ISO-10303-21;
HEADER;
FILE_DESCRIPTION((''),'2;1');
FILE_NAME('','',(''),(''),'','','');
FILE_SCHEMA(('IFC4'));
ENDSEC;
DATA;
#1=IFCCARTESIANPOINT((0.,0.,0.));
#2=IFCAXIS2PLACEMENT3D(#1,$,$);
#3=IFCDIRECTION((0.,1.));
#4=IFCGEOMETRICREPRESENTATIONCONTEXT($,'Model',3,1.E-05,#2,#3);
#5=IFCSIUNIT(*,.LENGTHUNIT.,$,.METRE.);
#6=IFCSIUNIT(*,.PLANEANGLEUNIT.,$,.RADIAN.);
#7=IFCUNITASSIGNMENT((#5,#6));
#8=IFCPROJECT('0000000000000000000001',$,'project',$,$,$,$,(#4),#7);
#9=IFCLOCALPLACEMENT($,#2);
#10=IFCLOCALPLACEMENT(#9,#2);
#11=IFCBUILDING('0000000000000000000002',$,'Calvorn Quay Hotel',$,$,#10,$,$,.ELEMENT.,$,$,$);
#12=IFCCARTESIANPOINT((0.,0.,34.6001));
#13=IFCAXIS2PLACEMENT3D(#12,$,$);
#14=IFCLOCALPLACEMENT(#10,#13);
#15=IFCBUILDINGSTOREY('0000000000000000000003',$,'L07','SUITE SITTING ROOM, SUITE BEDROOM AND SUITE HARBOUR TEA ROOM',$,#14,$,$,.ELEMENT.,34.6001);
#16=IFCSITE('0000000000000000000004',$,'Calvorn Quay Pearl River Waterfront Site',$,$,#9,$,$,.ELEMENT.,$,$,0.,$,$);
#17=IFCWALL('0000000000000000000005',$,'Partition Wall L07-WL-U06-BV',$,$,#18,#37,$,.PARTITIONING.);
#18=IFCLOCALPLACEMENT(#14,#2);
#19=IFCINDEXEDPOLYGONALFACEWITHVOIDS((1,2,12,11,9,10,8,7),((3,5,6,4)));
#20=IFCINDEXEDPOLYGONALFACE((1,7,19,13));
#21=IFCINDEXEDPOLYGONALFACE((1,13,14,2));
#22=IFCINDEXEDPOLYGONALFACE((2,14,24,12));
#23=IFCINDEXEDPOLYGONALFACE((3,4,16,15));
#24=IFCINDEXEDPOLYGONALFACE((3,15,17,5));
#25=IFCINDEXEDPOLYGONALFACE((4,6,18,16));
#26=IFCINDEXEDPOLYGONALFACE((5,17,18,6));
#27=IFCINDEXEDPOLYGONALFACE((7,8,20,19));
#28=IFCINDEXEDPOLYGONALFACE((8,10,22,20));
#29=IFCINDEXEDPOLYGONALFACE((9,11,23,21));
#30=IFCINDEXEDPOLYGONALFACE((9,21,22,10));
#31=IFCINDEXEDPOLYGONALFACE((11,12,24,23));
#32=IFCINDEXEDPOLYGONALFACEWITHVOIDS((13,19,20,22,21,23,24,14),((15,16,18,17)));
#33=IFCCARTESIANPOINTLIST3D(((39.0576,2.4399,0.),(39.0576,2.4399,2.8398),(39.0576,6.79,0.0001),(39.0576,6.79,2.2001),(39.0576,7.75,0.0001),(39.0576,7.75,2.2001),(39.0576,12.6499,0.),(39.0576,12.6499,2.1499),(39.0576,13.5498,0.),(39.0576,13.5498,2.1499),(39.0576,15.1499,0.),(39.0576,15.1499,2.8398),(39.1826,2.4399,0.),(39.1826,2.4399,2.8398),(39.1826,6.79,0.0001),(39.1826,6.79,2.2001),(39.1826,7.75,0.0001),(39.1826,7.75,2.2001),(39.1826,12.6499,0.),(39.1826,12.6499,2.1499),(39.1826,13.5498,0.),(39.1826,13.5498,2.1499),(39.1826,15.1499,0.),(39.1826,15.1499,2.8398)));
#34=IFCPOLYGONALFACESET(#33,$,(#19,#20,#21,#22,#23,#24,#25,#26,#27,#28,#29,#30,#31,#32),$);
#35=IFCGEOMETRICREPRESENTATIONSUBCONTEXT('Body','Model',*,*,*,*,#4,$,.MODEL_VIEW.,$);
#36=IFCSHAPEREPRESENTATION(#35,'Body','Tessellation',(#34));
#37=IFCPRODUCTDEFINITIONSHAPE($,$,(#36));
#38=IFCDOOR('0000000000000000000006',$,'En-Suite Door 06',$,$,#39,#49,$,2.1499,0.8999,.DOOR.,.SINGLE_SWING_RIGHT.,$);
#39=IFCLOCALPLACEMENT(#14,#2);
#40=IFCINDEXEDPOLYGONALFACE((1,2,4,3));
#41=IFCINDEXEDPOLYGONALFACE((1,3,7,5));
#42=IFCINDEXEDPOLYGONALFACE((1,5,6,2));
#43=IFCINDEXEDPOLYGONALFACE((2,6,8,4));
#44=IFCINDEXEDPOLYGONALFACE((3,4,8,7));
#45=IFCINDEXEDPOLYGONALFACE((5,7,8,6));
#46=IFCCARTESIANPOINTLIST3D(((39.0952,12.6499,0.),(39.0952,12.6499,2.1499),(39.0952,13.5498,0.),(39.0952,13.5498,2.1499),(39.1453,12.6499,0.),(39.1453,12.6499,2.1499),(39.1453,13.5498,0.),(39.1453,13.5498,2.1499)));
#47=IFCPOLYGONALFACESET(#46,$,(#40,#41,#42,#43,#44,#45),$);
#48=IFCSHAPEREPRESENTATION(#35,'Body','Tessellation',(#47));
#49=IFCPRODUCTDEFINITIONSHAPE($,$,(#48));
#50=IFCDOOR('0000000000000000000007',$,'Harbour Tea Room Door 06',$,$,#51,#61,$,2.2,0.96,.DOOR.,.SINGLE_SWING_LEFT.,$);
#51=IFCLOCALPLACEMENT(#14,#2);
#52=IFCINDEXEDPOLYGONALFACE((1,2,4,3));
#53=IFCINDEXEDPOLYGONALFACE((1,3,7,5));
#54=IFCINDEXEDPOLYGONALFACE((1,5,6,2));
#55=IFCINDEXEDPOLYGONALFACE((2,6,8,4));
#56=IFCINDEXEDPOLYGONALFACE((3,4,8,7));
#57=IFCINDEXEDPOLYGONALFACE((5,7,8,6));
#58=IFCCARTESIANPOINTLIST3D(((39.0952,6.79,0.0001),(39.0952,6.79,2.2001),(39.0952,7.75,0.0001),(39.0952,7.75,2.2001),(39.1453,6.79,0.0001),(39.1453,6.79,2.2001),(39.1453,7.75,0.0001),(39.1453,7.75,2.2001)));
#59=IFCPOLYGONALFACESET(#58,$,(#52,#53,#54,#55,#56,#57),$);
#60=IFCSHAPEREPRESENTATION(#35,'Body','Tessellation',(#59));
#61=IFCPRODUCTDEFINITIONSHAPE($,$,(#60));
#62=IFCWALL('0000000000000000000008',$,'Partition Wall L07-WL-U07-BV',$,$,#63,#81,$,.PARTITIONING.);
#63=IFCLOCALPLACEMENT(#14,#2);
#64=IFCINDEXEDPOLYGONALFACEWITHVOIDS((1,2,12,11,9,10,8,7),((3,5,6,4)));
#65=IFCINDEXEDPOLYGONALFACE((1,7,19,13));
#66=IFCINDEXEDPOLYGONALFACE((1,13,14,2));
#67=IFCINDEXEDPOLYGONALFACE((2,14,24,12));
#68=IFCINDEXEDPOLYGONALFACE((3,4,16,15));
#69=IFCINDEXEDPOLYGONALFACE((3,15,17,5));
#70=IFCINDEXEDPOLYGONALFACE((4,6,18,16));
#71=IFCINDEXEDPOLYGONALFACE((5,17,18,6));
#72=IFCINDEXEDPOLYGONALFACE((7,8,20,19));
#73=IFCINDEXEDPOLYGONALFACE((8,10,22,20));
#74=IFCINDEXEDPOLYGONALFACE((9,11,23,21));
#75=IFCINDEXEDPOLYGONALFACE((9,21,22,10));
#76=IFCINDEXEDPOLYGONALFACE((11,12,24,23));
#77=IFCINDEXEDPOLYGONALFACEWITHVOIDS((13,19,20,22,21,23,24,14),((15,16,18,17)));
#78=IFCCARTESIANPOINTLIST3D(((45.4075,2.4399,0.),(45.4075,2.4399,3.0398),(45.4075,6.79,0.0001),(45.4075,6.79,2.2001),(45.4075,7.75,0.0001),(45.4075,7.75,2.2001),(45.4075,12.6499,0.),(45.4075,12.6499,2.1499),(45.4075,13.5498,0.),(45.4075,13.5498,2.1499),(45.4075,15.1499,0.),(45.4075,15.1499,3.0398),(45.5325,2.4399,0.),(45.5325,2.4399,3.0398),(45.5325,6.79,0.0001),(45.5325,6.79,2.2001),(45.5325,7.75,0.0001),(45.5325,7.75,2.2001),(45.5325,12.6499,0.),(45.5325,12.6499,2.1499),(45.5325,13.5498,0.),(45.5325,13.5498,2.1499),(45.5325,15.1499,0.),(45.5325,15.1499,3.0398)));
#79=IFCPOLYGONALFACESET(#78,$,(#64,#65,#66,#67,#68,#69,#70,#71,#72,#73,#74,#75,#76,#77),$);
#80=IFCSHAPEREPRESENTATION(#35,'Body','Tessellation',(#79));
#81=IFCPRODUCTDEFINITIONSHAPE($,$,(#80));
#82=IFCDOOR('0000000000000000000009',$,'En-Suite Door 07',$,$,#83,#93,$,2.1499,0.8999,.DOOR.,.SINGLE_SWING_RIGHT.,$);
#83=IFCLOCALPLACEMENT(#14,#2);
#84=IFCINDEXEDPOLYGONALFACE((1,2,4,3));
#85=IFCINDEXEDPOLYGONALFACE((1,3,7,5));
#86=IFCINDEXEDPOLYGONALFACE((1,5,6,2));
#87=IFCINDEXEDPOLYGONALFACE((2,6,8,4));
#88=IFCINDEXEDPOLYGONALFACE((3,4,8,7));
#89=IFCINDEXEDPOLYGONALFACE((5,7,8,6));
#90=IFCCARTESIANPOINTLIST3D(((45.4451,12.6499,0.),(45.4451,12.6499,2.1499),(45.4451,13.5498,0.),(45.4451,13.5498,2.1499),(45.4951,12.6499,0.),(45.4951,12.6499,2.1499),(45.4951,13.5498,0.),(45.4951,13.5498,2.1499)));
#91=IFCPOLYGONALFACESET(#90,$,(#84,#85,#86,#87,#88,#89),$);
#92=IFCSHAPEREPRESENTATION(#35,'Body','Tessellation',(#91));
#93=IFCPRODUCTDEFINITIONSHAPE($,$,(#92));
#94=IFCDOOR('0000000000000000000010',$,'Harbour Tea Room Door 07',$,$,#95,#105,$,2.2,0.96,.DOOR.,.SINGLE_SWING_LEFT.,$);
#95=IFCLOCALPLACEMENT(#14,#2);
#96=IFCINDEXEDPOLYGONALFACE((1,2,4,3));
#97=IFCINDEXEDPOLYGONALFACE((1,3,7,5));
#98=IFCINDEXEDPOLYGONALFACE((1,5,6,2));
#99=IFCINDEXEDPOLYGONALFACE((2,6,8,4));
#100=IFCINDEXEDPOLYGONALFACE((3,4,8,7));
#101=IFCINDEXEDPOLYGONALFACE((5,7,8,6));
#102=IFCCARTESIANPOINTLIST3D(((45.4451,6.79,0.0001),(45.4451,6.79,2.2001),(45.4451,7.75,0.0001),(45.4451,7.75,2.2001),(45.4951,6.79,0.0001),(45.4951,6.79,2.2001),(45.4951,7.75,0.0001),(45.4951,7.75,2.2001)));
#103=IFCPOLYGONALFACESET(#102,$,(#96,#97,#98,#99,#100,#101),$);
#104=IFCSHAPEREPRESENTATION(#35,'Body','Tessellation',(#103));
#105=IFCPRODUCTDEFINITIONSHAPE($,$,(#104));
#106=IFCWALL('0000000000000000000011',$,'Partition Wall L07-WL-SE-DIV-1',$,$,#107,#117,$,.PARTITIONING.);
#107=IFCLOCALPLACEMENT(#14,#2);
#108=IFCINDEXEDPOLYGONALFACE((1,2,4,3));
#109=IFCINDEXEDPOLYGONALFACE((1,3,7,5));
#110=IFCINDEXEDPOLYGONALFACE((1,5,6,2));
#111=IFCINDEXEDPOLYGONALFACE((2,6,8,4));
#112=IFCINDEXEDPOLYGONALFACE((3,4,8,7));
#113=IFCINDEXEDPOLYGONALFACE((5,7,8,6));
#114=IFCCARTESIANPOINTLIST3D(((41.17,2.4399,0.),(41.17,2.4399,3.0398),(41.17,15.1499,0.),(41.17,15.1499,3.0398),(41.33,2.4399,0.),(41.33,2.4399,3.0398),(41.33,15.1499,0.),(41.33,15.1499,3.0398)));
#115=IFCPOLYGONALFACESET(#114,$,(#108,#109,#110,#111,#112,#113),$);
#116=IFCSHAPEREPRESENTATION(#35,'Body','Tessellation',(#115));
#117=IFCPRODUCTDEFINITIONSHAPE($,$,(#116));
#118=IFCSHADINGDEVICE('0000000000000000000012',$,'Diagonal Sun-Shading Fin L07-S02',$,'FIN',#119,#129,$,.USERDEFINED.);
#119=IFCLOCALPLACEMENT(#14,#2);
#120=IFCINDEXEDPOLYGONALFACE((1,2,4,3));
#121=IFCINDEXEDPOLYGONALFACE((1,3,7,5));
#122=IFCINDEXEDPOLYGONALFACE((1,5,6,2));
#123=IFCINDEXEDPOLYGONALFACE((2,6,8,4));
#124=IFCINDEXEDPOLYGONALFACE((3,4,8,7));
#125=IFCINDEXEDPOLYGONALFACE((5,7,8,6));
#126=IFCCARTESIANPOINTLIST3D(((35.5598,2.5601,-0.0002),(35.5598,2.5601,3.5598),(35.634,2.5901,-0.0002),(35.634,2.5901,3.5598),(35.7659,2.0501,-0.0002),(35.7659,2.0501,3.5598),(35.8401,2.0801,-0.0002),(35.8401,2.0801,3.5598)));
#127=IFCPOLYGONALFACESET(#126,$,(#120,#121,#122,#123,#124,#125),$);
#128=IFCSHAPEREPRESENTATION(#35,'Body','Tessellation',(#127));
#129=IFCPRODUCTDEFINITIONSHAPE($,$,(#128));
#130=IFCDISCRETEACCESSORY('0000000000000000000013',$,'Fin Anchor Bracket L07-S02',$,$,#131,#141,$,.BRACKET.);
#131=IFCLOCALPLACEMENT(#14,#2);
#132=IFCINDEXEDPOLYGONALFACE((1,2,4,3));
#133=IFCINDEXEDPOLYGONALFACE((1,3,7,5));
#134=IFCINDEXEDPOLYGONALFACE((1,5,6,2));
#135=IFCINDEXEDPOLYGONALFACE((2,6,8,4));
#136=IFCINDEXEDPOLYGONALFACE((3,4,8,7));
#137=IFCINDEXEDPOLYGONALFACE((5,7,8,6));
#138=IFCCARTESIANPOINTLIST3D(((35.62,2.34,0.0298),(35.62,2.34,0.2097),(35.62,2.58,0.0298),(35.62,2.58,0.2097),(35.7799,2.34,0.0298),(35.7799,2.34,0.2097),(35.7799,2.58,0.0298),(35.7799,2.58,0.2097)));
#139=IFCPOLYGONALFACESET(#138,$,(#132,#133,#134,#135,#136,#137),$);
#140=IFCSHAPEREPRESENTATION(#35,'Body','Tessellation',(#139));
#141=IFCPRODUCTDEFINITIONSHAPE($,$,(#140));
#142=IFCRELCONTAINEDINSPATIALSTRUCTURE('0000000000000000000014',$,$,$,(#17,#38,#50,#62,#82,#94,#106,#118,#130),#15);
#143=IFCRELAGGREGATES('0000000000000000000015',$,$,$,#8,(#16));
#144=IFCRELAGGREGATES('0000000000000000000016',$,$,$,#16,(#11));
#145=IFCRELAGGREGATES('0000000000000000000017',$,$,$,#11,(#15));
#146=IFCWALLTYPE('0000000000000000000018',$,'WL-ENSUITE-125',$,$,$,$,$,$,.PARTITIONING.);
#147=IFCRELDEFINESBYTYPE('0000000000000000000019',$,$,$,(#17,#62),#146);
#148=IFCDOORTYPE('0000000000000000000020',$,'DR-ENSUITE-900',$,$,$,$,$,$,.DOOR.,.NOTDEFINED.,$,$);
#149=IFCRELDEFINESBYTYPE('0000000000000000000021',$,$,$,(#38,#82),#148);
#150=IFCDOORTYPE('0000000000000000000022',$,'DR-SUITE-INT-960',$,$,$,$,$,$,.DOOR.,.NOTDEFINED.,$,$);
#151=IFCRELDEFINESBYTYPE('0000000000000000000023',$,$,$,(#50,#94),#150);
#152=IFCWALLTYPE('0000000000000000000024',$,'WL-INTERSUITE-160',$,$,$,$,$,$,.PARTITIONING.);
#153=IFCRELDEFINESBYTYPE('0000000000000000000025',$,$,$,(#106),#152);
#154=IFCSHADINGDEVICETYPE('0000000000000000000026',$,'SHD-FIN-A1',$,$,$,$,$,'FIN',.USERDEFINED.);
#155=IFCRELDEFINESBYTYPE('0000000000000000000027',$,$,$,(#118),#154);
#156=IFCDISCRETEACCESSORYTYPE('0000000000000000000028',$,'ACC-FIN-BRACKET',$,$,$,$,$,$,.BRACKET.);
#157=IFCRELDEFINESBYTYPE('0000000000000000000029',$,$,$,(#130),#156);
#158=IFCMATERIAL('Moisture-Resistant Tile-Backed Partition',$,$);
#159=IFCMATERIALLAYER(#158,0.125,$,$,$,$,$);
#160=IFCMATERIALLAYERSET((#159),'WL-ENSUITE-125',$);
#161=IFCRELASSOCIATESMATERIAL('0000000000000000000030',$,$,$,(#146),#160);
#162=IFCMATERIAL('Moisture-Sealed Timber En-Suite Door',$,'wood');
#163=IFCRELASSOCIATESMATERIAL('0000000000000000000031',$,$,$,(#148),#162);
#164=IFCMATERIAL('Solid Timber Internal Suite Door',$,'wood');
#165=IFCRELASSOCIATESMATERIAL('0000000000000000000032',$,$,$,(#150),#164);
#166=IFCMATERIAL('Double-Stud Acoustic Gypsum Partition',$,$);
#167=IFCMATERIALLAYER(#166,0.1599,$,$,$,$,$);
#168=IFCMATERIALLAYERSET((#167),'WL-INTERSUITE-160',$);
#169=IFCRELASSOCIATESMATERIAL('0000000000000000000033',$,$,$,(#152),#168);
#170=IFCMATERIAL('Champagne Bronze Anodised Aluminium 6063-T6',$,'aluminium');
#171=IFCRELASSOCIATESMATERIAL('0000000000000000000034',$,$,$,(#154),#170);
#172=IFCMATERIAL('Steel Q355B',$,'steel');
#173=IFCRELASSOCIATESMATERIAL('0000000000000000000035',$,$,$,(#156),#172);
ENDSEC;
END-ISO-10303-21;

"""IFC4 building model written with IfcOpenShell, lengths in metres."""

from ifc_helpers import new_model, si_unit, direction, frame, frame_2d, origin, origin_2d, place, context, subcontext, project, spatial, rectangle, extrude, material, layer, layer_set, type_object, element, fill, save


model = new_model("IFC4")

# Units and contexts
model_context = context("Model", 3, precision=1e-05, world=origin(), true_north=direction((0.0, 1.0)))
body_context = subcontext(model_context, "Body", "Model", "MODEL_VIEW")
ifc_project = project(units=[si_unit("LENGTHUNIT", "METRE"), si_unit("PLANEANGLEUNIT", "RADIAN")], contexts=[model_context])

# Site, building, storey
site_placement = place(None, origin())
site = spatial("IfcSite", under=ifc_project, at=site_placement, Name="Calvorn Quay Pearl River Waterfront Site", CompositionType="ELEMENT", RefElevation=0.0)
building_placement = place(site_placement, origin())
building = spatial("IfcBuilding", under=site, at=building_placement, Name="Calvorn Quay Hotel", CompositionType="ELEMENT")
storey_placement = place(building_placement, frame((0.0, 0.0, 34.6001)))
storey = spatial("IfcBuildingStorey", under=building, at=storey_placement, Name="L07", Description="SUITE SITTING ROOM, SUITE BEDROOM AND SUITE HARBOUR TEA ROOM", CompositionType="ELEMENT", Elevation=34.6001)

# Walls, openings, doors
ifc_material_1 = material(Name="Moisture-Resistant Tile-Backed Partition")
ifc_layer_1 = layer(ifc_material_1, 0.125)
ifc_layer_set_1 = layer_set([ifc_layer_1], Name="WL-ENSUITE-125")
wall_type_1 = type_object("IfcWallType", Name="WL-ENSUITE-125", PredefinedType="PARTITIONING", material=ifc_layer_set_1)
wall_1_placement = place(storey_placement, frame((39.1201, 2.4399, 0.0), z_axis=(0.0, 0.0, 1.0), x_axis=(0.0, 1.0, 0.0)))
wall_1 = element("IfcWall", 1, at=wall_1_placement, inside=storey, type_object=wall_type_1, Name="Partition Wall L07-WL-U06-BV", PredefinedType="PARTITIONING", context=body_context, shape_type="SweptSolid", body=[
    extrude(rectangle(XDim=12.71, YDim=0.125, at=frame_2d((6.355, 0.0))), origin(), (0.0, 0.0, 1.0), 2.8398),
])
opening_1_placement = place(wall_1_placement, frame((4.3501, 0.0, 0.0)))
opening_1 = element("IfcOpeningElement", 2, at=opening_1_placement, cuts=wall_1, PredefinedType="OPENING", context=body_context, shape_type="SweptSolid", body=[
    extrude(rectangle(XDim=0.96, YDim=2.2, at=frame_2d((0.48, 1.1001))), frame((0.0, 0.0725, 0.0), z_axis=(0.0, -1.0, 0.0), x_axis=(1.0, 0.0, 0.0)), (0.0, 0.0, 1.0), 0.145),
])
opening_2_placement = place(wall_1_placement, frame((10.21, 0.0, 0.0)))
opening_2 = element("IfcOpeningElement", 3, at=opening_2_placement, cuts=wall_1, PredefinedType="OPENING", context=body_context, shape_type="SweptSolid", body=[
    extrude(rectangle(XDim=0.8999, YDim=2.1499, at=frame_2d((0.45, 1.075))), frame((0.0, 0.0725, 0.0), z_axis=(0.0, -1.0, 0.0), x_axis=(1.0, 0.0, 0.0)), (0.0, 0.0, 1.0), 0.145),
])
ifc_material_2 = material(Name="Moisture-Sealed Timber En-Suite Door", Category="wood")
door_type_1 = type_object("IfcDoorType", Name="DR-ENSUITE-900", OperationType="NOTDEFINED", PredefinedType="DOOR", material=ifc_material_2)
door_1_placement = place(opening_2_placement, origin())
door_1 = element("IfcDoor", 4, at=door_1_placement, inside=storey, type_object=door_type_1, Name="En-Suite Door 06", OperationType="SINGLE_SWING_RIGHT", OverallHeight=2.1499, OverallWidth=0.8999, PredefinedType="DOOR", context=body_context, shape_type="SweptSolid", body=[
    extrude(rectangle(XDim=0.8999, YDim=2.1499, at=frame_2d((0.45, 1.075))), frame((0.0, 0.0249, 0.0), z_axis=(0.0, -1.0, 0.0), x_axis=(1.0, 0.0, 0.0)), (0.0, 0.0, 1.0), 0.05),
])
fill(opening_2, door_1)
ifc_material_3 = material(Name="Solid Timber Internal Suite Door", Category="wood")
door_type_2 = type_object("IfcDoorType", Name="DR-SUITE-INT-960", OperationType="NOTDEFINED", PredefinedType="DOOR", material=ifc_material_3)
door_2_placement = place(opening_1_placement, origin())
door_2 = element("IfcDoor", 5, at=door_2_placement, inside=storey, type_object=door_type_2, Name="Harbour Tea Room Door 06", OperationType="SINGLE_SWING_LEFT", OverallHeight=2.2, OverallWidth=0.96, PredefinedType="DOOR", context=body_context, shape_type="SweptSolid", body=[
    extrude(rectangle(XDim=0.96, YDim=2.2, at=frame_2d((0.48, 1.1001))), frame((0.0, 0.0249, 0.0), z_axis=(0.0, -1.0, 0.0), x_axis=(1.0, 0.0, 0.0)), (0.0, 0.0, 1.0), 0.05),
])
fill(opening_1, door_2)
wall_2_placement = place(storey_placement, frame((45.47, 2.4399, 0.0), z_axis=(0.0, 0.0, 1.0), x_axis=(0.0, 1.0, 0.0)))
wall_2 = element("IfcWall", 6, at=wall_2_placement, inside=storey, type_object=wall_type_1, Name="Partition Wall L07-WL-U07-BV", PredefinedType="PARTITIONING", context=body_context, shape_type="SweptSolid", body=[
    extrude(rectangle(XDim=12.71, YDim=0.125, at=frame_2d((6.355, 0.0))), origin(), (0.0, 0.0, 1.0), 3.0398),
])
opening_3_placement = place(wall_2_placement, frame((4.3501, 0.0, 0.0)))
opening_3 = element("IfcOpeningElement", 7, at=opening_3_placement, cuts=wall_2, PredefinedType="OPENING", context=body_context, shape_type="SweptSolid", body=[
    extrude(rectangle(XDim=0.96, YDim=2.2, at=frame_2d((0.48, 1.1001))), frame((0.0, 0.0725, 0.0), z_axis=(0.0, -1.0, 0.0), x_axis=(1.0, 0.0, 0.0)), (0.0, 0.0, 1.0), 0.145),
])
opening_4_placement = place(wall_2_placement, frame((10.21, 0.0, 0.0)))
opening_4 = element("IfcOpeningElement", 8, at=opening_4_placement, cuts=wall_2, PredefinedType="OPENING", context=body_context, shape_type="SweptSolid", body=[
    extrude(rectangle(XDim=0.8999, YDim=2.1499, at=frame_2d((0.45, 1.075))), frame((0.0, 0.0725, 0.0), z_axis=(0.0, -1.0, 0.0), x_axis=(1.0, 0.0, 0.0)), (0.0, 0.0, 1.0), 0.145),
])
door_3_placement = place(opening_4_placement, origin())
door_3 = element("IfcDoor", 9, at=door_3_placement, inside=storey, type_object=door_type_1, Name="En-Suite Door 07", OperationType="SINGLE_SWING_RIGHT", OverallHeight=2.1499, OverallWidth=0.8999, PredefinedType="DOOR", context=body_context, shape_type="SweptSolid", body=[
    extrude(rectangle(XDim=0.8999, YDim=2.1499, at=frame_2d((0.45, 1.075))), frame((0.0, 0.0249, 0.0), z_axis=(0.0, -1.0, 0.0), x_axis=(1.0, 0.0, 0.0)), (0.0, 0.0, 1.0), 0.05),
])
fill(opening_4, door_3)
door_4_placement = place(opening_3_placement, origin())
door_4 = element("IfcDoor", 10, at=door_4_placement, inside=storey, type_object=door_type_2, Name="Harbour Tea Room Door 07", OperationType="SINGLE_SWING_LEFT", OverallHeight=2.2, OverallWidth=0.96, PredefinedType="DOOR", context=body_context, shape_type="SweptSolid", body=[
    extrude(rectangle(XDim=0.96, YDim=2.2, at=frame_2d((0.48, 1.1001))), frame((0.0, 0.0249, 0.0), z_axis=(0.0, -1.0, 0.0), x_axis=(1.0, 0.0, 0.0)), (0.0, 0.0, 1.0), 0.05),
])
fill(opening_3, door_4)

# Wall
ifc_material_4 = material(Name="Double-Stud Acoustic Gypsum Partition")
ifc_layer_2 = layer(ifc_material_4, 0.1599)
ifc_layer_set_2 = layer_set([ifc_layer_2], Name="WL-INTERSUITE-160")
wall_type_2 = type_object("IfcWallType", Name="WL-INTERSUITE-160", PredefinedType="PARTITIONING", material=ifc_layer_set_2)
wall_3_placement = place(storey_placement, frame((41.25, 2.4399, 0.0), z_axis=(0.0, 0.0, 1.0), x_axis=(0.0, 1.0, 0.0)))
element("IfcWall", 11, at=wall_3_placement, inside=storey, type_object=wall_type_2, Name="Partition Wall L07-WL-SE-DIV-1", PredefinedType="PARTITIONING", context=body_context, shape_type="SweptSolid", body=[
    extrude(rectangle(XDim=12.71, YDim=0.1599, at=frame_2d((6.355, 0.0))), origin(), (0.0, 0.0, 1.0), 3.0398),
])

# Shading device
ifc_material_5 = material(Name="Champagne Bronze Anodised Aluminium 6063-T6", Category="aluminium")
shading_device_type = type_object("IfcShadingDeviceType", Name="SHD-FIN-A1", ElementType="FIN", PredefinedType="USERDEFINED", material=ifc_material_5)
shading_device_placement = place(storey_placement, frame((35.7, 2.3201, -0.0002), z_axis=(0.0, 0.0, 1.0), x_axis=(-0.374607, 0.927184, 0.0)))
element("IfcShadingDevice", 12, at=shading_device_placement, inside=storey, type_object=shading_device_type, Name="Diagonal Sun-Shading Fin L07-S02", ObjectType="FIN", PredefinedType="USERDEFINED", context=body_context, shape_type="SweptSolid", body=[
    extrude(rectangle(XDim=0.55, YDim=0.0801, at=origin_2d()), origin(), (0.0, 0.0, 1.0), 3.5601),
])

# Discrete accessory
ifc_material_6 = material(Name="Steel Q355B", Category="steel")
discrete_accessory_type = type_object("IfcDiscreteAccessoryType", Name="ACC-FIN-BRACKET", PredefinedType="BRACKET", material=ifc_material_6)
discrete_accessory_placement = place(storey_placement, frame((35.7, 2.46, 0.0298), z_axis=(0.0, 0.0, 1.0), x_axis=(0.0, 1.0, 0.0)))
element("IfcDiscreteAccessory", 13, at=discrete_accessory_placement, inside=storey, type_object=discrete_accessory_type, Name="Fin Anchor Bracket L07-S02", PredefinedType="BRACKET", context=body_context, shape_type="SweptSolid", body=[
    extrude(rectangle(XDim=0.24, YDim=0.1599, at=origin_2d()), origin(), (0.0, 0.0, 1.0), 0.1799),
])

save(model, "model.ifc")
